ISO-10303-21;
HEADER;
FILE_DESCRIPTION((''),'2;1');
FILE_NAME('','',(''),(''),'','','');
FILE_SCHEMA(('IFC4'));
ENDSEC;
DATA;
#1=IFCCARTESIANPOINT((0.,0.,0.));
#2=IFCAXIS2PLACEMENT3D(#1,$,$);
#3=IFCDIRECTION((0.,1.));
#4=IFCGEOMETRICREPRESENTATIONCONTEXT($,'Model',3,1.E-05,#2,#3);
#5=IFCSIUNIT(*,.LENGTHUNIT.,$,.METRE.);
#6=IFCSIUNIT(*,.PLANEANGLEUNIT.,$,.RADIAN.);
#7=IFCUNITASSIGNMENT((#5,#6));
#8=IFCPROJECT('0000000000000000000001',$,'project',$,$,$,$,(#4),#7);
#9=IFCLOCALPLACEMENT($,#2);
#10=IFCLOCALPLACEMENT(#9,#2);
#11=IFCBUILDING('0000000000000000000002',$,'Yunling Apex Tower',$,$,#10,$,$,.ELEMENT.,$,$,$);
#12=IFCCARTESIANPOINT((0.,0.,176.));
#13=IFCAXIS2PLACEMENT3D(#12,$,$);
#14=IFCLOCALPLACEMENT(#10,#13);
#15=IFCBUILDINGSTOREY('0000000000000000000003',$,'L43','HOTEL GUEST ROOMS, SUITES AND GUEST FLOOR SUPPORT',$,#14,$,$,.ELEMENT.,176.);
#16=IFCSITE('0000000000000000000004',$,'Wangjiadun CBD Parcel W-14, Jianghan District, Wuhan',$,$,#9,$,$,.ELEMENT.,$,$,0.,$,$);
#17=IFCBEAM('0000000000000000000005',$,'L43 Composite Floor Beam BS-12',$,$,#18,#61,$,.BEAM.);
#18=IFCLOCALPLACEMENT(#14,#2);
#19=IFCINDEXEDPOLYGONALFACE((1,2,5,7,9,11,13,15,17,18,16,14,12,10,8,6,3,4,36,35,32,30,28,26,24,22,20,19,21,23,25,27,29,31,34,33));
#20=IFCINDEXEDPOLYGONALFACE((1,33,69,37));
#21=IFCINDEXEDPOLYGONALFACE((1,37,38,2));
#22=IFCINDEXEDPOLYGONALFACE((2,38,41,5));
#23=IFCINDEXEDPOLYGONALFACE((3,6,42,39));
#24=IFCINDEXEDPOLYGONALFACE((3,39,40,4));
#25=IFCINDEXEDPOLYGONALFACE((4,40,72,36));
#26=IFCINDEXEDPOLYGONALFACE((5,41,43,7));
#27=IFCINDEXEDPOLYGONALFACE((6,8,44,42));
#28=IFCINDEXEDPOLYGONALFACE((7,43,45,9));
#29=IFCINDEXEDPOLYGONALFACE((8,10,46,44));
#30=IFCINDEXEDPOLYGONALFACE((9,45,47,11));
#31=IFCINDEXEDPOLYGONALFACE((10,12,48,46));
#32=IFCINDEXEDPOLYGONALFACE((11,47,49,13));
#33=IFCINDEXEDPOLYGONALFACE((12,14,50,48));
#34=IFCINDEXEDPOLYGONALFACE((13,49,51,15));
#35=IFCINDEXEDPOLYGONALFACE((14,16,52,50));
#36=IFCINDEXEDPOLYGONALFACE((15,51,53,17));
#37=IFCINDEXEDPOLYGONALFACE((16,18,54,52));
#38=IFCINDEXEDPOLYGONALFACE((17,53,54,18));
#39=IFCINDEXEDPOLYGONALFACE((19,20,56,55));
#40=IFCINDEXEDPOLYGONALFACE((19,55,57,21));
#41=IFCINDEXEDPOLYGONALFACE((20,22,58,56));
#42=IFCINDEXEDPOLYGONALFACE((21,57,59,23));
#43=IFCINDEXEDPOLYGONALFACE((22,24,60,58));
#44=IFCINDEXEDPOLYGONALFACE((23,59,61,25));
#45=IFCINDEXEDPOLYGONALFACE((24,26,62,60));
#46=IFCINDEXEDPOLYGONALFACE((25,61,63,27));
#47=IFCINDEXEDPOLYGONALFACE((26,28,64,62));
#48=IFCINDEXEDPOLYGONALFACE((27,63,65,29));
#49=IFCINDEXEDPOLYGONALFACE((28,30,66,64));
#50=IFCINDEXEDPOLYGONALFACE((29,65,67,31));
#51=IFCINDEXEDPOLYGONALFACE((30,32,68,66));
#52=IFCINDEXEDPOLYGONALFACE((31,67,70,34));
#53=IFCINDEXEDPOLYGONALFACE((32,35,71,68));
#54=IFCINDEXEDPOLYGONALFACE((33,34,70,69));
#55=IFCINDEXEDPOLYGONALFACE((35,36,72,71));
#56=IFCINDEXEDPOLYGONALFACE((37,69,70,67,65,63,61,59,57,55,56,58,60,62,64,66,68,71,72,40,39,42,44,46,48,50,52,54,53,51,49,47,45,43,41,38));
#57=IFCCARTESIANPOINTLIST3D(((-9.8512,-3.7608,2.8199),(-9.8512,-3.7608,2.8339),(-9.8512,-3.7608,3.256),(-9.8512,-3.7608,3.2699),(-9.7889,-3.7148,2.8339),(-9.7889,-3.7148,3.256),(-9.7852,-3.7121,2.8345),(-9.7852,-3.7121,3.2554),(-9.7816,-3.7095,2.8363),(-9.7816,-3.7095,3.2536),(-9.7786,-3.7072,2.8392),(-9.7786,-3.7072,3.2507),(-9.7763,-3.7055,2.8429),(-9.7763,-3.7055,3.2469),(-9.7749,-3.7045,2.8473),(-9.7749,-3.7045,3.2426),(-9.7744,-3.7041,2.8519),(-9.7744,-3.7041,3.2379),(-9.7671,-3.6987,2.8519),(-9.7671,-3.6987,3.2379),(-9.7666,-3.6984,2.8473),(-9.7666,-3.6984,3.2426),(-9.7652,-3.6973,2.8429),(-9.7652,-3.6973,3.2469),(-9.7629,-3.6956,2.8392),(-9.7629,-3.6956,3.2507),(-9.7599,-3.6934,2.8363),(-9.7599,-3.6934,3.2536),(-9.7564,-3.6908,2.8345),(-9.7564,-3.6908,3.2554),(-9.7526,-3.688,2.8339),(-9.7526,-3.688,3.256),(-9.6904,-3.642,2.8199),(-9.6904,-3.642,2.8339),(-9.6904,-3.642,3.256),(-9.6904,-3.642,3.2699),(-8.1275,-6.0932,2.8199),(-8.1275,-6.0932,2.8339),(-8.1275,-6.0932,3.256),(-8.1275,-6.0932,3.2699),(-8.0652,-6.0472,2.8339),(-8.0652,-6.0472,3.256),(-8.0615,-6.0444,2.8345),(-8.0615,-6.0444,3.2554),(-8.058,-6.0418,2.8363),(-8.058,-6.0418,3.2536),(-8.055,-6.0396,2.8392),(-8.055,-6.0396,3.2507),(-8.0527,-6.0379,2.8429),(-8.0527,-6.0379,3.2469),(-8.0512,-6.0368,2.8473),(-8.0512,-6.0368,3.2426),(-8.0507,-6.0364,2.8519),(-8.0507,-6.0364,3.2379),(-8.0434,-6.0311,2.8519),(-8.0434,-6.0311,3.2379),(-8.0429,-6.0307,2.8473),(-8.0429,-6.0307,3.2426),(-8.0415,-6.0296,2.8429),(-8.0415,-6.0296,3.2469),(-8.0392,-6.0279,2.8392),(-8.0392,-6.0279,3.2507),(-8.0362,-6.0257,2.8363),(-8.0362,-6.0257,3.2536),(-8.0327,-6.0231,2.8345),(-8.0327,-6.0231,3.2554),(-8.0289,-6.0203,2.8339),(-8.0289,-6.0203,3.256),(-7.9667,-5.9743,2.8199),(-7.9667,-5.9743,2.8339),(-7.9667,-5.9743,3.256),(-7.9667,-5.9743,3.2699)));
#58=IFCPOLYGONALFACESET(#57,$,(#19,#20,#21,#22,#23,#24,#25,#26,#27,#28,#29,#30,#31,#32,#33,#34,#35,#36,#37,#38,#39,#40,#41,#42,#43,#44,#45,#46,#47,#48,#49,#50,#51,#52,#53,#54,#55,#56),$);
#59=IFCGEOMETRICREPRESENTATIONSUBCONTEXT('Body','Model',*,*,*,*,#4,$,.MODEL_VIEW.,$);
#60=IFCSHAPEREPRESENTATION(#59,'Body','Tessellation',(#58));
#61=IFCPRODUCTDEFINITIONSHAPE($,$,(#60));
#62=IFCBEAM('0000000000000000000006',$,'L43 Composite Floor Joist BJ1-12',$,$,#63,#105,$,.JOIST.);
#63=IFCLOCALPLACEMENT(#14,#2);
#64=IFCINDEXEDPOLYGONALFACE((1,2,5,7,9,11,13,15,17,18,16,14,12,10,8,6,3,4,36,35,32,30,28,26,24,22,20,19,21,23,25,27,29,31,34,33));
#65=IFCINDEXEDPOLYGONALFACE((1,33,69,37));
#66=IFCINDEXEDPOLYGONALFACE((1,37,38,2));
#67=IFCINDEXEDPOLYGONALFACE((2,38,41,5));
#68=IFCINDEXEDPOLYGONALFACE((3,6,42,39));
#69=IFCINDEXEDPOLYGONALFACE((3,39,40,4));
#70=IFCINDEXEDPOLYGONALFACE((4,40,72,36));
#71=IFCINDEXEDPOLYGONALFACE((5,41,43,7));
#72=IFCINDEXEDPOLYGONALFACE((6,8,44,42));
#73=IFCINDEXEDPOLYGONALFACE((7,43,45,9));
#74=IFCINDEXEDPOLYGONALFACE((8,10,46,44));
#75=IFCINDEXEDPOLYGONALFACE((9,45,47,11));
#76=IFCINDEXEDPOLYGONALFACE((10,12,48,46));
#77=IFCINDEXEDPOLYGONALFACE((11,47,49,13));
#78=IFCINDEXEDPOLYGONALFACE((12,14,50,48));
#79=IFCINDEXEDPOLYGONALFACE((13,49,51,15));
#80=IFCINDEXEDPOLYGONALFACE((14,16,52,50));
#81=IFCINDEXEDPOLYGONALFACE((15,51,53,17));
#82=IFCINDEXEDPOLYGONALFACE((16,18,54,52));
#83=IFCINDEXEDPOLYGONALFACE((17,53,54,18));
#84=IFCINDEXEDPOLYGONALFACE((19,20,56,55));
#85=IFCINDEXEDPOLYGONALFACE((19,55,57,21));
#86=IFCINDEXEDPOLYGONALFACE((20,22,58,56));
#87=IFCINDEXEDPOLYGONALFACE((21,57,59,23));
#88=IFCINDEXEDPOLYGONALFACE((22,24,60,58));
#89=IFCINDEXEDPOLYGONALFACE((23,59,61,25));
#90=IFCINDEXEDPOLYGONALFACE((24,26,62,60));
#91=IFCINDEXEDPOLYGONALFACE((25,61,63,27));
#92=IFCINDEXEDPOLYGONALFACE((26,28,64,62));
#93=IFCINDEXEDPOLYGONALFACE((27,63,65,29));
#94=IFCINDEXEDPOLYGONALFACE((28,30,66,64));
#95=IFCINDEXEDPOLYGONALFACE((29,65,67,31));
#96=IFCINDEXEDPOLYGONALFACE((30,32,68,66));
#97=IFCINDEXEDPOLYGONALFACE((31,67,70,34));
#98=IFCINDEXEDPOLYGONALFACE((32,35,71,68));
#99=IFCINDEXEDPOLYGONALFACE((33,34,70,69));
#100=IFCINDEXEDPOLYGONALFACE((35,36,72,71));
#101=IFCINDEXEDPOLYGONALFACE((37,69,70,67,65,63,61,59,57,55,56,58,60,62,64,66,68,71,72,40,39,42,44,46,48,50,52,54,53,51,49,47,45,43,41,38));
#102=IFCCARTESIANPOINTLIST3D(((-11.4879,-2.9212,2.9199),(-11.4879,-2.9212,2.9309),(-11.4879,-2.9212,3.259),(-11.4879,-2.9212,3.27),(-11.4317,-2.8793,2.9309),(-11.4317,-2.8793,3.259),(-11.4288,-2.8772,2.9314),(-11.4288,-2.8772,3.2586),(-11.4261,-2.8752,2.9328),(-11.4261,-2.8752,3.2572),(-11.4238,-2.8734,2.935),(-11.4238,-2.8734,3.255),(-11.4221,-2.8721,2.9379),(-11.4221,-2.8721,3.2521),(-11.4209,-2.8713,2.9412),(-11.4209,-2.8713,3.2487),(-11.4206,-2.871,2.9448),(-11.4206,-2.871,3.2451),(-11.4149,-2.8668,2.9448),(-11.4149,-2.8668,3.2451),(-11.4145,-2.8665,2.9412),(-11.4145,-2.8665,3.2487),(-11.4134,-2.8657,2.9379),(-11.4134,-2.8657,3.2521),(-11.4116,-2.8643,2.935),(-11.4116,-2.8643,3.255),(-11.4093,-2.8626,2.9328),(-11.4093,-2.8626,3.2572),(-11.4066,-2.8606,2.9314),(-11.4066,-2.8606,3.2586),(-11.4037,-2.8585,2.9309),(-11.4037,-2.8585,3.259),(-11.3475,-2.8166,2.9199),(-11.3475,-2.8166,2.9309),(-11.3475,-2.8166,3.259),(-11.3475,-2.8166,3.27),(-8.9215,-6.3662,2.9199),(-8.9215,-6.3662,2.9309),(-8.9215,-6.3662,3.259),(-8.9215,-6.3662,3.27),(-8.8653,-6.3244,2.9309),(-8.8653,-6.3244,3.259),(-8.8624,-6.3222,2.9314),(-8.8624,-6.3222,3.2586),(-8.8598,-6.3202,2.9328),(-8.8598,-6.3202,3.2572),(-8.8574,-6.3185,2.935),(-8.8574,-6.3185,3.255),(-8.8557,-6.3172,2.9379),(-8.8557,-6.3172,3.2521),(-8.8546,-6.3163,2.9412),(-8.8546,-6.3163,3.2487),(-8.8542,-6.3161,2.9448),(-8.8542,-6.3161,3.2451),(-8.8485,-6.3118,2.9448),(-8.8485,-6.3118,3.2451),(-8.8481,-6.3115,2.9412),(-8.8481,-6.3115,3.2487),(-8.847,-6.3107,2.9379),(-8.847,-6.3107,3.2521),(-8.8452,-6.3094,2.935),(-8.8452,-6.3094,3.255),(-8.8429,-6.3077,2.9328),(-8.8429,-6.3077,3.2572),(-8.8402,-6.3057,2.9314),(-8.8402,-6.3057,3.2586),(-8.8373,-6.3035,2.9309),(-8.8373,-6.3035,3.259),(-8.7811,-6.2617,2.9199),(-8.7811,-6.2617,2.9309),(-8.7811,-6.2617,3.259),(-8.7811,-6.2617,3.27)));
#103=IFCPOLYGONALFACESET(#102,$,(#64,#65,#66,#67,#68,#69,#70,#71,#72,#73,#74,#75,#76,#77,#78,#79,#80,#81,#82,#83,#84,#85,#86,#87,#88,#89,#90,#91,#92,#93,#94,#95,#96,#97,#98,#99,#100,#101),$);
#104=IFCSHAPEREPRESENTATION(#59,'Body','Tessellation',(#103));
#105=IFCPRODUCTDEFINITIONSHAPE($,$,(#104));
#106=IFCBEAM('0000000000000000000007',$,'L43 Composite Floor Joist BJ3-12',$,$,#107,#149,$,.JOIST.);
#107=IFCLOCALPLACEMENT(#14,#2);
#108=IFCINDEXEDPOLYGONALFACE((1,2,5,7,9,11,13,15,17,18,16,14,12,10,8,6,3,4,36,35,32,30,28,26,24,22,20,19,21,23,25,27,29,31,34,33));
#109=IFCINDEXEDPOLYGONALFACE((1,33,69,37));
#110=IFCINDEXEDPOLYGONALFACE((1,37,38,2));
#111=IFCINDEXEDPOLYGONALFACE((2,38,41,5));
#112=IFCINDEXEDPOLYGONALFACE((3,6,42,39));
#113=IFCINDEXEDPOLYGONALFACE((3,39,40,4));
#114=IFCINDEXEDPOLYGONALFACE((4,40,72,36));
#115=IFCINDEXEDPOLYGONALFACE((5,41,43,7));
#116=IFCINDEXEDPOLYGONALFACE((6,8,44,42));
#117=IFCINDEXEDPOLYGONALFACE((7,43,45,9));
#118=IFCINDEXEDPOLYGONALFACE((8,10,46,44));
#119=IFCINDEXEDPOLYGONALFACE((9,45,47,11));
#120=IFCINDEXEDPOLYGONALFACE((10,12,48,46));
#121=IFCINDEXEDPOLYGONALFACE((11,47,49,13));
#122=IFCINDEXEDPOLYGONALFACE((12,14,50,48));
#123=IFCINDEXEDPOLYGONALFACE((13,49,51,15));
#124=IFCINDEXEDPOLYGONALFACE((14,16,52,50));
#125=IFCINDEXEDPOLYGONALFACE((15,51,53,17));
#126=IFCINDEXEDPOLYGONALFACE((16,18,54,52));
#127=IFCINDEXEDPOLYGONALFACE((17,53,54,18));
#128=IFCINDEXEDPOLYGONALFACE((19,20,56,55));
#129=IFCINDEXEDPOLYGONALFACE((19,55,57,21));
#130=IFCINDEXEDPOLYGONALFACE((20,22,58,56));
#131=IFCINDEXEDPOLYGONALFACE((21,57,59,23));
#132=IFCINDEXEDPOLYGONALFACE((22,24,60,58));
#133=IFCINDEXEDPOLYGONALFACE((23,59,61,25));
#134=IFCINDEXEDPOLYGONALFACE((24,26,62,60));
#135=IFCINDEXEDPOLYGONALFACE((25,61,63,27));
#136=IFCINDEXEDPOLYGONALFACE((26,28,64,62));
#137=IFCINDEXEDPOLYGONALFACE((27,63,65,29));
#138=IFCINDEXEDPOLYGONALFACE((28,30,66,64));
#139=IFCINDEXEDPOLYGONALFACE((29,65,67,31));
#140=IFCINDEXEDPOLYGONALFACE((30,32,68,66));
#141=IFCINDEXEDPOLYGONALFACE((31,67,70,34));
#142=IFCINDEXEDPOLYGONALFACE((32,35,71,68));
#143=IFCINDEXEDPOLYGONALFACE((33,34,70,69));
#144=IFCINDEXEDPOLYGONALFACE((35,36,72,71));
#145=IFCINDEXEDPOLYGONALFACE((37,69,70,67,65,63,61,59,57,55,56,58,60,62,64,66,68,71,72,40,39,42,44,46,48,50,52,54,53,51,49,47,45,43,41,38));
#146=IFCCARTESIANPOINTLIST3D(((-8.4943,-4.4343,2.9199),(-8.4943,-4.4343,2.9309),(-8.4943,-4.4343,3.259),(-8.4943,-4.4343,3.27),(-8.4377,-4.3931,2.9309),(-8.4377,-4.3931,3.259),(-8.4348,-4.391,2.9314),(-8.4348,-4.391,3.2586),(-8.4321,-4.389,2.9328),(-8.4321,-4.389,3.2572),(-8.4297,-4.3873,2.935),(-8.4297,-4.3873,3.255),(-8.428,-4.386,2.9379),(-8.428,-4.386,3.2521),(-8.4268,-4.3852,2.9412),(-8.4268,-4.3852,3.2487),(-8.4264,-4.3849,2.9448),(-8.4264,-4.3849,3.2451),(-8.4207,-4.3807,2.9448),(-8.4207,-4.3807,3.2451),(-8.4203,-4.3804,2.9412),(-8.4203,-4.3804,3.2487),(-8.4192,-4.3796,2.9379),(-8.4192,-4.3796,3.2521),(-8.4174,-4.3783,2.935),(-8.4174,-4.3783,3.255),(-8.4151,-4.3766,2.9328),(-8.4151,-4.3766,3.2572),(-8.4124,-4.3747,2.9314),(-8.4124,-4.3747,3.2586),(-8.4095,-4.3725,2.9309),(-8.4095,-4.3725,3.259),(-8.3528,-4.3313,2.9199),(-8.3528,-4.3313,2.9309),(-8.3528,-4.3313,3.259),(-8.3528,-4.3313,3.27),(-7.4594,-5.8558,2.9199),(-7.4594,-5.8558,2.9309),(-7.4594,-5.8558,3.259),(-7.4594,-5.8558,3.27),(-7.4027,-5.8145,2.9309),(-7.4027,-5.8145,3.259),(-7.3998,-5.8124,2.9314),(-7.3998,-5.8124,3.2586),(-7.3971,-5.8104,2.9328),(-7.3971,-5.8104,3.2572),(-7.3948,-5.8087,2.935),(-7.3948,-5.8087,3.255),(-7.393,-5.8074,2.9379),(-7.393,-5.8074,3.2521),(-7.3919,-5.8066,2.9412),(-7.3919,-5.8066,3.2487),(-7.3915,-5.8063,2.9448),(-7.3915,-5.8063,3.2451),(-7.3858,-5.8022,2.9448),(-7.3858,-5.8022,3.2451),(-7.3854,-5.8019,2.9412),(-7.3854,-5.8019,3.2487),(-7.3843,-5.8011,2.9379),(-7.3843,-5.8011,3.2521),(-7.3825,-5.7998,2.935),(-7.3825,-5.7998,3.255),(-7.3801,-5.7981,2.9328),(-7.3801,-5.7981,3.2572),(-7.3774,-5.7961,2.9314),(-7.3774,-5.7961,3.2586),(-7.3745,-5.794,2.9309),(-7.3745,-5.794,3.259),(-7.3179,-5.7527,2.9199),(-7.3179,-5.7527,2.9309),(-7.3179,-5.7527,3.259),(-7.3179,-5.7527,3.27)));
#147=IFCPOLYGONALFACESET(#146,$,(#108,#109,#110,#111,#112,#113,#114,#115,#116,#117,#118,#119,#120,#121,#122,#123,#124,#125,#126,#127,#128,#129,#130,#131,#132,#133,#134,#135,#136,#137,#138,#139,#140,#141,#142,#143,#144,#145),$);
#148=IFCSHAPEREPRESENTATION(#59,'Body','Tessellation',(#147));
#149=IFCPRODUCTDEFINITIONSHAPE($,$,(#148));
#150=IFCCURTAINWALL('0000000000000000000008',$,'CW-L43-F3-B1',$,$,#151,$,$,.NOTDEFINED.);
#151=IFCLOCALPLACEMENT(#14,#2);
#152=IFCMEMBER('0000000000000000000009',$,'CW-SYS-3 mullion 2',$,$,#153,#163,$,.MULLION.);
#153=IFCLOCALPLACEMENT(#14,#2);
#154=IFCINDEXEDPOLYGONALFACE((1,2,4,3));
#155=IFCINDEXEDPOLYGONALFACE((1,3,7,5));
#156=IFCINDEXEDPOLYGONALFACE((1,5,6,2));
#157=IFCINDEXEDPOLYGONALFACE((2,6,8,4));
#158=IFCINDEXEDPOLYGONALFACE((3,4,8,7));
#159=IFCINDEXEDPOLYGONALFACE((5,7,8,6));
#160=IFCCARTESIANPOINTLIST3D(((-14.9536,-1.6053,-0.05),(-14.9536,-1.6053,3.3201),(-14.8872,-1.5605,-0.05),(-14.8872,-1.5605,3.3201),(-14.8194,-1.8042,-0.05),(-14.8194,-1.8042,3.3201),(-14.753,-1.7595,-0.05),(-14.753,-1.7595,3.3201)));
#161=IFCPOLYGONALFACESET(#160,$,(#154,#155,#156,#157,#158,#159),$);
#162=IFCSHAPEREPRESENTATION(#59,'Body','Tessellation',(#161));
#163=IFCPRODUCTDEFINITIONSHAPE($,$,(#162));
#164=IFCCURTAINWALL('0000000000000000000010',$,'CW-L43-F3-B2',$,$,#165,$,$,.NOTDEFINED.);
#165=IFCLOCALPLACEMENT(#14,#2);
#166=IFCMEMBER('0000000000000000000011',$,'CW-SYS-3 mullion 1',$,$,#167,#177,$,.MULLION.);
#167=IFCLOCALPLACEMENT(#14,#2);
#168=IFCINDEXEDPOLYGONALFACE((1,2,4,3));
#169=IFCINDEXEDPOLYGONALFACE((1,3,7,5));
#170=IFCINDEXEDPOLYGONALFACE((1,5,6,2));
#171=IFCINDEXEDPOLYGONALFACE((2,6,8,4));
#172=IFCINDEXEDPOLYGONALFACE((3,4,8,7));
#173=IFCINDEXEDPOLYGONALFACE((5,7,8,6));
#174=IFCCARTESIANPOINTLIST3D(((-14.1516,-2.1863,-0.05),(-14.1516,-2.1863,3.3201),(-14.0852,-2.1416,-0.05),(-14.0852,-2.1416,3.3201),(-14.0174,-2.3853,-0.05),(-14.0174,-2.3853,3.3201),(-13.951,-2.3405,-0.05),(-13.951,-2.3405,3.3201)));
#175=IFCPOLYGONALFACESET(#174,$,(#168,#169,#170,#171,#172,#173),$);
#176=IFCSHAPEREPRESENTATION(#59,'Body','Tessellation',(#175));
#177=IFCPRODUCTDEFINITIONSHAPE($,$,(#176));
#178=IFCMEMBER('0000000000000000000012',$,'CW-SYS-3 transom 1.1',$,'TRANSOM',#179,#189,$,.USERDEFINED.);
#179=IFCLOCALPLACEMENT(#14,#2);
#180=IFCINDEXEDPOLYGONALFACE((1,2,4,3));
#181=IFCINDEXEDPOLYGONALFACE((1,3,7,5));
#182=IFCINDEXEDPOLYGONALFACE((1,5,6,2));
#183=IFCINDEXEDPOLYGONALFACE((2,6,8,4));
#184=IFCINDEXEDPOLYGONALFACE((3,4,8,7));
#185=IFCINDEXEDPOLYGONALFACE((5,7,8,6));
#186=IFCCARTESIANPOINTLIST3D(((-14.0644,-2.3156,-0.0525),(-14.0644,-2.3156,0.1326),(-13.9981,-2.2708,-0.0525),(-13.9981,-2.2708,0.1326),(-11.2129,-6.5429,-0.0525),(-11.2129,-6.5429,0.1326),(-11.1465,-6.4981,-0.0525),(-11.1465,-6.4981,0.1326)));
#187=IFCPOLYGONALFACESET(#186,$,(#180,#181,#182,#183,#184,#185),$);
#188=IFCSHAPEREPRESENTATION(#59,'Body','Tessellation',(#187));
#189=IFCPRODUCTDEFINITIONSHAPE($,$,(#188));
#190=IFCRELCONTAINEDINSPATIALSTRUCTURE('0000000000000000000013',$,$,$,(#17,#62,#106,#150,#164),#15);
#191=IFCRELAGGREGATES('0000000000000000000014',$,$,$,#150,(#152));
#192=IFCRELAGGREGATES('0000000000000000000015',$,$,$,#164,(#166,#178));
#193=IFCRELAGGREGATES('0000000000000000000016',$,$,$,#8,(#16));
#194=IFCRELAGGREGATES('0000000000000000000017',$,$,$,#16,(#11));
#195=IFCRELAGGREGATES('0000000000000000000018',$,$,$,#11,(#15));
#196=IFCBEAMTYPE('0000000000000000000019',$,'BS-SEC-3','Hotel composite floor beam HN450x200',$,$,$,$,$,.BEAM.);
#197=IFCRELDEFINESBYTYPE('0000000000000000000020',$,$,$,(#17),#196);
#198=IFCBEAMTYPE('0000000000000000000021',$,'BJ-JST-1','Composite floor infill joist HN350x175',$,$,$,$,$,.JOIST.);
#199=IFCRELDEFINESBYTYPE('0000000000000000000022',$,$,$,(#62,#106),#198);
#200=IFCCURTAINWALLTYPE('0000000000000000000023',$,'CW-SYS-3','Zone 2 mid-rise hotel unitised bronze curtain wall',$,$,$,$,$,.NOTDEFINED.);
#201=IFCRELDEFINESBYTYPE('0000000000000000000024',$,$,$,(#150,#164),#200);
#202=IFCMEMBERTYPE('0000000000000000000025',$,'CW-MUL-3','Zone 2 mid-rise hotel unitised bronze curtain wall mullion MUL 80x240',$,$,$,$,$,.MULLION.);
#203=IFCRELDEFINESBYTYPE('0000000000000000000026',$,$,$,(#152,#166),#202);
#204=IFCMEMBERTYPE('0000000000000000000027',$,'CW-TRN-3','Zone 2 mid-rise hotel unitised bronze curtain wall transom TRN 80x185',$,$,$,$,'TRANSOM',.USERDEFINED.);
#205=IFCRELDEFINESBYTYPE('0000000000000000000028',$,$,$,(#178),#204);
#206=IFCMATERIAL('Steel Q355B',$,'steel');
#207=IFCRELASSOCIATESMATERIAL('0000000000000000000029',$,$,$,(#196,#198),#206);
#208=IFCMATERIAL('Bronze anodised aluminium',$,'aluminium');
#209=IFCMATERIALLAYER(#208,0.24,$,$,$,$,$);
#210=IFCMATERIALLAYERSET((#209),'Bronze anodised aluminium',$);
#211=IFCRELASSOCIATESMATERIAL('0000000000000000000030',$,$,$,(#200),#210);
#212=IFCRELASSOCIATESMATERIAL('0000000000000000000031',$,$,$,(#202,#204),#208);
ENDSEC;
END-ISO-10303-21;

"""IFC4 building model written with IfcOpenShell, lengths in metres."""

from ifc_helpers import new_model, si_unit, direction, frame, origin, origin_2d, place, context, subcontext, project, spatial, rectangle, i_section, extrude, source, transform, mapped, material, layer, layer_set, material_profile, profile_set, type_object, element, aggregate, save


model = new_model("IFC4")

# Units and contexts
model_context = context("Model", 3, precision=1e-05, world=origin(), true_north=direction((0.0, 1.0)))
body_context = subcontext(model_context, "Body", "Model", "MODEL_VIEW")
ifc_project = project(units=[si_unit("LENGTHUNIT", "METRE"), si_unit("PLANEANGLEUNIT", "RADIAN")], contexts=[model_context])

# Site, building, storey
site_placement = place(None, origin())
site = spatial("IfcSite", under=ifc_project, at=site_placement, Name="Wangjiadun CBD Parcel W-14, Jianghan District, Wuhan", CompositionType="ELEMENT", RefElevation=0.0)
building_placement = place(site_placement, origin())
building = spatial("IfcBuilding", under=site, at=building_placement, Name="Yunling Apex Tower", CompositionType="ELEMENT")
storey_placement = place(building_placement, frame((0.0, 0.0, 176.0)))
storey = spatial("IfcBuildingStorey", under=building, at=storey_placement, Name="L43", Description="HOTEL GUEST ROOMS, SUITES AND GUEST FLOOR SUPPORT", CompositionType="ELEMENT", Elevation=176.0)

# Beams
ifc_material_1 = material(Name="Steel Q355B", Category="steel")
ifc_material_profile_1 = material_profile(ifc_material_1, i_section(OverallWidth=0.2, OverallDepth=0.45, WebThickness=0.009, FlangeThickness=0.0139, FilletRadius=0.0181, at=origin_2d()))
ifc_profile_set_1 = profile_set([ifc_material_profile_1], Name="Steel Q355B")
beam_type_1 = type_object("IfcBeamType", Name="BS-SEC-3", Description="Hotel composite floor beam HN450x200", PredefinedType="BEAM", material=ifc_profile_set_1)
shared_shape_1 = source(origin(), body_context, "Body", "SweptSolid", [
    extrude(i_section(OverallWidth=0.2, OverallDepth=0.45, WebThickness=0.009, FlangeThickness=0.0139, FilletRadius=0.0181, at=origin_2d()), origin(), (0.0, 0.0, 1.0), 2.9001),
])
beam_1_placement = place(storey_placement, frame((-9.7708, -3.7014, 3.0449), z_axis=(0.594341, -0.804213, 0.0), x_axis=(0.804213, 0.594341, 0.0)))
element("IfcBeam", 1, at=beam_1_placement, inside=storey, type_object=beam_type_1, Name="L43 Composite Floor Beam BS-12", PredefinedType="BEAM", context=body_context, shape_type="MappedRepresentation", body=[
    mapped(shared_shape_1, transform((0.0, 0.0, 0.0), scale=1.0)),
])
ifc_material_profile_2 = material_profile(ifc_material_1, i_section(OverallWidth=0.175, OverallDepth=0.3501, WebThickness=0.0071, FlangeThickness=0.011, FilletRadius=0.0139, at=origin_2d()))
ifc_profile_set_2 = profile_set([ifc_material_profile_2], Name="Steel Q355B")
beam_type_2 = type_object("IfcBeamType", Name="BJ-JST-1", Description="Composite floor infill joist HN350x175", PredefinedType="JOIST", material=ifc_profile_set_2)
shared_shape_2 = source(origin(), body_context, "Body", "SweptSolid", [
    extrude(i_section(OverallWidth=0.175, OverallDepth=0.3501, WebThickness=0.0071, FlangeThickness=0.011, FilletRadius=0.0139, at=origin_2d()), origin(), (0.0, 0.0, 1.0), 4.2959),
])
beam_2_placement = place(storey_placement, frame((-11.4177, -2.8689, 3.095), z_axis=(0.597405, -0.801939, 0.0), x_axis=(0.801939, 0.597405, 0.0)))
element("IfcBeam", 2, at=beam_2_placement, inside=storey, type_object=beam_type_2, Name="L43 Composite Floor Joist BJ1-12", PredefinedType="JOIST", context=body_context, shape_type="MappedRepresentation", body=[
    mapped(shared_shape_2, transform((0.0, 0.0, 0.0), scale=1.0)),
])
shared_shape_3 = source(origin(), body_context, "Body", "SweptSolid", [
    extrude(i_section(OverallWidth=0.175, OverallDepth=0.3501, WebThickness=0.0071, FlangeThickness=0.011, FilletRadius=0.0139, at=origin_2d()), origin(), (0.0, 0.0, 1.0), 1.7583),
])
beam_3_placement = place(storey_placement, frame((-8.4236, -4.3828, 3.095), z_axis=(0.588609, -0.808418, 0.0), x_axis=(0.808418, 0.588609, 0.0)))
element("IfcBeam", 3, at=beam_3_placement, inside=storey, type_object=beam_type_2, Name="L43 Composite Floor Joist BJ3-12", PredefinedType="JOIST", context=body_context, shape_type="MappedRepresentation", body=[
    mapped(shared_shape_3, transform((0.0, 0.0, 0.0), scale=1.0)),
])

# Curtain wall, member
ifc_material_2 = material(Name="Bronze anodised aluminium", Category="aluminium")
ifc_layer_1 = layer(ifc_material_2, 0.24)
ifc_layer_set_1 = layer_set([ifc_layer_1], Name="Bronze anodised aluminium")
curtain_wall_type = type_object("IfcCurtainWallType", Name="CW-SYS-3", Description="Zone 2 mid-rise hotel unitised bronze curtain wall", PredefinedType="NOTDEFINED", material=ifc_layer_set_1)
curtain_wall_1_placement = place(storey_placement, origin())
curtain_wall_1 = element("IfcCurtainWall", 4, at=curtain_wall_1_placement, inside=storey, type_object=curtain_wall_type, Name="CW-L43-F3-B1", PredefinedType="NOTDEFINED")
ifc_material_profile_3 = material_profile(ifc_material_2, rectangle(XDim=0.0801, YDim=0.24, at=origin_2d()))
ifc_profile_set_3 = profile_set([ifc_material_profile_3], Name="Bronze anodised aluminium")
member_type_1 = type_object("IfcMemberType", Name="CW-MUL-3", Description="Zone 2 mid-rise hotel unitised bronze curtain wall mullion MUL 80x240", PredefinedType="MULLION", material=ifc_profile_set_3)
shared_shape_4 = source(origin(), body_context, "Body", "SweptSolid", [
    extrude(rectangle(XDim=0.0801, YDim=0.24, at=origin_2d()), origin(), (0.0, 0.0, 1.0), 3.3701),
])
member_1_placement = place(storey_placement, frame((-14.8533, -1.6824, -0.05), z_axis=(0.0, 0.0, 1.0), x_axis=(0.829045, 0.559181, 0.0)))
member_1 = element("IfcMember", 5, at=member_1_placement, type_object=member_type_1, Name="CW-SYS-3 mullion 2", PredefinedType="MULLION", context=body_context, shape_type="MappedRepresentation", body=[
    mapped(shared_shape_4, transform((0.0, 0.0, 0.0), scale=1.0)),
])

# Curtain wall, members
curtain_wall_2_placement = place(storey_placement, origin())
curtain_wall_2 = element("IfcCurtainWall", 6, at=curtain_wall_2_placement, inside=storey, type_object=curtain_wall_type, Name="CW-L43-F3-B2", PredefinedType="NOTDEFINED")
member_2_placement = place(storey_placement, frame((-14.0513, -2.2634, -0.05), z_axis=(0.0, 0.0, 1.0), x_axis=(0.829026, 0.55921, 0.0)))
member_2 = element("IfcMember", 7, at=member_2_placement, type_object=member_type_1, Name="CW-SYS-3 mullion 1", PredefinedType="MULLION", context=body_context, shape_type="MappedRepresentation", body=[
    mapped(shared_shape_4, transform((0.0, 0.0, 0.0), scale=1.0)),
])
ifc_material_profile_4 = material_profile(ifc_material_2, rectangle(XDim=0.0801, YDim=0.1851, at=origin_2d()))
ifc_profile_set_4 = profile_set([ifc_material_profile_4], Name="Bronze anodised aluminium")
member_type_2 = type_object("IfcMemberType", Name="CW-TRN-3", Description="Zone 2 mid-rise hotel unitised bronze curtain wall transom TRN 80x185", ElementType="TRANSOM", PredefinedType="USERDEFINED", material=ifc_profile_set_4)
shared_shape_5 = source(origin(), body_context, "Body", "SweptSolid", [
    extrude(rectangle(XDim=0.0801, YDim=0.1851, at=origin_2d()), origin(), (0.0, 0.0, 1.0), 5.0991),
])
member_3_placement = place(storey_placement, frame((-14.0312, -2.2932, 0.04), z_axis=(0.559222, -0.829018, 0.0), x_axis=(0.829018, 0.559222, 0.0)))
member_3 = element("IfcMember", 8, at=member_3_placement, type_object=member_type_2, Name="CW-SYS-3 transom 1.1", ObjectType="TRANSOM", PredefinedType="USERDEFINED", context=body_context, shape_type="MappedRepresentation", body=[
    mapped(shared_shape_5, transform((0.0, 0.0, 0.0), scale=1.0)),
])

aggregate(curtain_wall_1, [member_1])
aggregate(curtain_wall_2, [member_2, member_3])

save(model, "model.ifc")
